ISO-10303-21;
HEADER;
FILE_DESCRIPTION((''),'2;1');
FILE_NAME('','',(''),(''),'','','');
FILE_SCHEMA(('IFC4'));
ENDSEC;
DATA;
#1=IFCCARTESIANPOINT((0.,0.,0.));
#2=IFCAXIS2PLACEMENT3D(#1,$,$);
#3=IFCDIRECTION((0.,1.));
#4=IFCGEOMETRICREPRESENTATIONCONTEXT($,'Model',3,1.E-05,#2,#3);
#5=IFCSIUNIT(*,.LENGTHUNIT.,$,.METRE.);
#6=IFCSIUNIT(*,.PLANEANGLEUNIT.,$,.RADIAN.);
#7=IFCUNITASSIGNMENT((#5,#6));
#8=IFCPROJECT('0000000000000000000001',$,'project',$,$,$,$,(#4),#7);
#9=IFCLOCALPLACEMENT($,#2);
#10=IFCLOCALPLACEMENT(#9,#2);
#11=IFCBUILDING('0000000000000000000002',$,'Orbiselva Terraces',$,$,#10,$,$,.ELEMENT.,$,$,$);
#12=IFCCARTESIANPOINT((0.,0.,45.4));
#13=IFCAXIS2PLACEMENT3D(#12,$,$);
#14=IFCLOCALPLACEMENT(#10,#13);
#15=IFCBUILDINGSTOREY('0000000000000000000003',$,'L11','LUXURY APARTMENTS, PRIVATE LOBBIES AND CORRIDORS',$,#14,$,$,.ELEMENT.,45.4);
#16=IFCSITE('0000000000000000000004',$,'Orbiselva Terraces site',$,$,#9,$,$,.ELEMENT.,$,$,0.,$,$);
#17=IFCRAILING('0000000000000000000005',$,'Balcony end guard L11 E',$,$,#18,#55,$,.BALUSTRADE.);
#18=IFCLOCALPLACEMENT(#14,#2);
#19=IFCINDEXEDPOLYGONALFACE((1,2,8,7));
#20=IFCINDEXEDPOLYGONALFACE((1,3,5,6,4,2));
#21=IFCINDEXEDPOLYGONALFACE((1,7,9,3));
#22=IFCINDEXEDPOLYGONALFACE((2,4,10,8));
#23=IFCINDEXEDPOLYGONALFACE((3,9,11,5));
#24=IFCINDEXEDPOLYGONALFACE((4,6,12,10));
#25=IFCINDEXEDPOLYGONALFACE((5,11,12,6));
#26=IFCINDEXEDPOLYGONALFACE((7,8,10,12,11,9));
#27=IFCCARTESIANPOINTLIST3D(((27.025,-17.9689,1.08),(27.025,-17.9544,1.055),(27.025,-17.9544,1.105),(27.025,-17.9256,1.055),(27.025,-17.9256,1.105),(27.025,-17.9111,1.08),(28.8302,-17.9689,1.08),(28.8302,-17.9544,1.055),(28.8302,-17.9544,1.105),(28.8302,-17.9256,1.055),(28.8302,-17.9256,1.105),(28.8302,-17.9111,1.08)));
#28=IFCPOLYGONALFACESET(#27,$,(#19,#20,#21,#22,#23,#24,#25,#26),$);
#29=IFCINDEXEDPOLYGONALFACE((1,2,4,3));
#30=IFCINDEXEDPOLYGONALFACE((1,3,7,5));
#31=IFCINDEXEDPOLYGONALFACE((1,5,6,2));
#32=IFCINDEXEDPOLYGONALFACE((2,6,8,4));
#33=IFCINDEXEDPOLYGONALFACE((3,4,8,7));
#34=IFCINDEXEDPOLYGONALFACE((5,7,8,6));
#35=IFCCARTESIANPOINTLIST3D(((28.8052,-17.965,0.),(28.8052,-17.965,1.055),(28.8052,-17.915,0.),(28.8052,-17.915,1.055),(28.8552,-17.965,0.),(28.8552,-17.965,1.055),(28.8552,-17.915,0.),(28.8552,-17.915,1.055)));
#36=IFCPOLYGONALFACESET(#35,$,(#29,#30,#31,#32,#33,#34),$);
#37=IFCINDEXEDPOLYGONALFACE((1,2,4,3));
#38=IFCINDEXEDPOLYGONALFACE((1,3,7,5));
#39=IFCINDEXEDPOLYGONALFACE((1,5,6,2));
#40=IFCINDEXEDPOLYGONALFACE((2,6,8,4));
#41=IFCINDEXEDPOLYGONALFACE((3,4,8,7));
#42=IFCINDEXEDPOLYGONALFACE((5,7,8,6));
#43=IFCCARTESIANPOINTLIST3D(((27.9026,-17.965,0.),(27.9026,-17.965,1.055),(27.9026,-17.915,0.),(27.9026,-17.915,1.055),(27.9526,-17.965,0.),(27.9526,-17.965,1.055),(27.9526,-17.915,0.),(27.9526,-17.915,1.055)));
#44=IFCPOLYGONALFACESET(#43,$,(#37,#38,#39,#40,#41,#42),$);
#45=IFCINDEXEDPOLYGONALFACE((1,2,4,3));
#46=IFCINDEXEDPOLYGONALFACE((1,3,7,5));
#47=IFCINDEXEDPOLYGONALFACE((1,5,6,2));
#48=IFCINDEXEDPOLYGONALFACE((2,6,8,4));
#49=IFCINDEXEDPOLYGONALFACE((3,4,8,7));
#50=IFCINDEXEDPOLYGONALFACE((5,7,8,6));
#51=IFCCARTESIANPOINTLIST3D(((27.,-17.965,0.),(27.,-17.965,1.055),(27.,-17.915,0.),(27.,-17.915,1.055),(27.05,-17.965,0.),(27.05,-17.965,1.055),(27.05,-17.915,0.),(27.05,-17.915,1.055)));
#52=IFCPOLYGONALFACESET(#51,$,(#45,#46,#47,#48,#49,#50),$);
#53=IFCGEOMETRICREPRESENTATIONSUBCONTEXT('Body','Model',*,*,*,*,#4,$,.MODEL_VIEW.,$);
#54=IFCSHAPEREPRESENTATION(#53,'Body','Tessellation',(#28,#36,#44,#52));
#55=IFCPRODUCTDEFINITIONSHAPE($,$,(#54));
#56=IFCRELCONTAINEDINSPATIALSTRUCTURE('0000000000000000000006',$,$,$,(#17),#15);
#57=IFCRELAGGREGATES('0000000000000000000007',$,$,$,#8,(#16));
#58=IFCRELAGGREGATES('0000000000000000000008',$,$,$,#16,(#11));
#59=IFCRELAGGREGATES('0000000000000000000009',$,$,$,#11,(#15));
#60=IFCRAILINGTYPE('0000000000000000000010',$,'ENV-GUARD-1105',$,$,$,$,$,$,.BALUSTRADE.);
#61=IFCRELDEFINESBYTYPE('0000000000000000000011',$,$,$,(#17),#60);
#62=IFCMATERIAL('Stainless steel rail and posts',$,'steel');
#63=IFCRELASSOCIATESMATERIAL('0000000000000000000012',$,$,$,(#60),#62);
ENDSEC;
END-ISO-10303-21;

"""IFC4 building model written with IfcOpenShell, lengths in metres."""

from ifc_helpers import new_model, si_unit, direction, frame, origin, origin_2d, place, context, subcontext, project, spatial, polyline, rectangle, outline, extrude, material, type_object, element, save


model = new_model("IFC4")

# Units and contexts
model_context = context("Model", 3, precision=1e-05, world=origin(), true_north=direction((0.0, 1.0)))
body_context = subcontext(model_context, "Body", "Model", "MODEL_VIEW")
ifc_project = project(units=[si_unit("LENGTHUNIT", "METRE"), si_unit("PLANEANGLEUNIT", "RADIAN")], contexts=[model_context])

# Site, building, storey
site_placement = place(None, origin())
site = spatial("IfcSite", under=ifc_project, at=site_placement, Name="Orbiselva Terraces site", CompositionType="ELEMENT", RefElevation=0.0)
building_placement = place(site_placement, origin())
building = spatial("IfcBuilding", under=site, at=building_placement, Name="Orbiselva Terraces", CompositionType="ELEMENT")
storey_placement = place(building_placement, frame((0.0, 0.0, 45.4)))
storey = spatial("IfcBuildingStorey", under=building, at=storey_placement, Name="L11", Description="LUXURY APARTMENTS, PRIVATE LOBBIES AND CORRIDORS", CompositionType="ELEMENT", Elevation=45.4)

# Railing
ifc_material_1 = material(Name="Stainless steel rail and posts", Category="steel")
railing_type_1 = type_object("IfcRailingType", Name="ENV-GUARD-1105", PredefinedType="BALUSTRADE", material=ifc_material_1)
railing_1_placement = place(storey_placement, frame((28.8302, -17.94, 0.0)))
element("IfcRailing", 1, at=railing_1_placement, inside=storey, type_object=railing_type_1, Name="Balcony end guard L11 E", PredefinedType="BALUSTRADE", context=body_context, shape_type="SweptSolid", body=[
    extrude(outline(polyline([(0.0289, 0.0), (0.0144, 0.025), (-0.0144, 0.025), (-0.0289, 0.0), (-0.0144, -0.025), (0.0144, -0.025), (0.0289, 0.0)])), frame((0.0, 0.0, 1.08), z_axis=(-1.0, 0.0, 0.0), x_axis=(0.0, -1.0, 0.0)), (0.0, 0.0, 1.0), 1.8052),
    extrude(rectangle(XDim=0.05, YDim=0.05, at=origin_2d()), origin(), (0.0, 0.0, 1.0), 1.055),
    extrude(rectangle(XDim=0.05, YDim=0.05, at=origin_2d()), frame((-0.9026, 0.0, 0.0)), (0.0, 0.0, 1.0), 1.055),
    extrude(rectangle(XDim=0.05, YDim=0.05, at=origin_2d()), frame((-1.8052, 0.0, 0.0)), (0.0, 0.0, 1.0), 1.055),
])

save(model, "model.ifc")
